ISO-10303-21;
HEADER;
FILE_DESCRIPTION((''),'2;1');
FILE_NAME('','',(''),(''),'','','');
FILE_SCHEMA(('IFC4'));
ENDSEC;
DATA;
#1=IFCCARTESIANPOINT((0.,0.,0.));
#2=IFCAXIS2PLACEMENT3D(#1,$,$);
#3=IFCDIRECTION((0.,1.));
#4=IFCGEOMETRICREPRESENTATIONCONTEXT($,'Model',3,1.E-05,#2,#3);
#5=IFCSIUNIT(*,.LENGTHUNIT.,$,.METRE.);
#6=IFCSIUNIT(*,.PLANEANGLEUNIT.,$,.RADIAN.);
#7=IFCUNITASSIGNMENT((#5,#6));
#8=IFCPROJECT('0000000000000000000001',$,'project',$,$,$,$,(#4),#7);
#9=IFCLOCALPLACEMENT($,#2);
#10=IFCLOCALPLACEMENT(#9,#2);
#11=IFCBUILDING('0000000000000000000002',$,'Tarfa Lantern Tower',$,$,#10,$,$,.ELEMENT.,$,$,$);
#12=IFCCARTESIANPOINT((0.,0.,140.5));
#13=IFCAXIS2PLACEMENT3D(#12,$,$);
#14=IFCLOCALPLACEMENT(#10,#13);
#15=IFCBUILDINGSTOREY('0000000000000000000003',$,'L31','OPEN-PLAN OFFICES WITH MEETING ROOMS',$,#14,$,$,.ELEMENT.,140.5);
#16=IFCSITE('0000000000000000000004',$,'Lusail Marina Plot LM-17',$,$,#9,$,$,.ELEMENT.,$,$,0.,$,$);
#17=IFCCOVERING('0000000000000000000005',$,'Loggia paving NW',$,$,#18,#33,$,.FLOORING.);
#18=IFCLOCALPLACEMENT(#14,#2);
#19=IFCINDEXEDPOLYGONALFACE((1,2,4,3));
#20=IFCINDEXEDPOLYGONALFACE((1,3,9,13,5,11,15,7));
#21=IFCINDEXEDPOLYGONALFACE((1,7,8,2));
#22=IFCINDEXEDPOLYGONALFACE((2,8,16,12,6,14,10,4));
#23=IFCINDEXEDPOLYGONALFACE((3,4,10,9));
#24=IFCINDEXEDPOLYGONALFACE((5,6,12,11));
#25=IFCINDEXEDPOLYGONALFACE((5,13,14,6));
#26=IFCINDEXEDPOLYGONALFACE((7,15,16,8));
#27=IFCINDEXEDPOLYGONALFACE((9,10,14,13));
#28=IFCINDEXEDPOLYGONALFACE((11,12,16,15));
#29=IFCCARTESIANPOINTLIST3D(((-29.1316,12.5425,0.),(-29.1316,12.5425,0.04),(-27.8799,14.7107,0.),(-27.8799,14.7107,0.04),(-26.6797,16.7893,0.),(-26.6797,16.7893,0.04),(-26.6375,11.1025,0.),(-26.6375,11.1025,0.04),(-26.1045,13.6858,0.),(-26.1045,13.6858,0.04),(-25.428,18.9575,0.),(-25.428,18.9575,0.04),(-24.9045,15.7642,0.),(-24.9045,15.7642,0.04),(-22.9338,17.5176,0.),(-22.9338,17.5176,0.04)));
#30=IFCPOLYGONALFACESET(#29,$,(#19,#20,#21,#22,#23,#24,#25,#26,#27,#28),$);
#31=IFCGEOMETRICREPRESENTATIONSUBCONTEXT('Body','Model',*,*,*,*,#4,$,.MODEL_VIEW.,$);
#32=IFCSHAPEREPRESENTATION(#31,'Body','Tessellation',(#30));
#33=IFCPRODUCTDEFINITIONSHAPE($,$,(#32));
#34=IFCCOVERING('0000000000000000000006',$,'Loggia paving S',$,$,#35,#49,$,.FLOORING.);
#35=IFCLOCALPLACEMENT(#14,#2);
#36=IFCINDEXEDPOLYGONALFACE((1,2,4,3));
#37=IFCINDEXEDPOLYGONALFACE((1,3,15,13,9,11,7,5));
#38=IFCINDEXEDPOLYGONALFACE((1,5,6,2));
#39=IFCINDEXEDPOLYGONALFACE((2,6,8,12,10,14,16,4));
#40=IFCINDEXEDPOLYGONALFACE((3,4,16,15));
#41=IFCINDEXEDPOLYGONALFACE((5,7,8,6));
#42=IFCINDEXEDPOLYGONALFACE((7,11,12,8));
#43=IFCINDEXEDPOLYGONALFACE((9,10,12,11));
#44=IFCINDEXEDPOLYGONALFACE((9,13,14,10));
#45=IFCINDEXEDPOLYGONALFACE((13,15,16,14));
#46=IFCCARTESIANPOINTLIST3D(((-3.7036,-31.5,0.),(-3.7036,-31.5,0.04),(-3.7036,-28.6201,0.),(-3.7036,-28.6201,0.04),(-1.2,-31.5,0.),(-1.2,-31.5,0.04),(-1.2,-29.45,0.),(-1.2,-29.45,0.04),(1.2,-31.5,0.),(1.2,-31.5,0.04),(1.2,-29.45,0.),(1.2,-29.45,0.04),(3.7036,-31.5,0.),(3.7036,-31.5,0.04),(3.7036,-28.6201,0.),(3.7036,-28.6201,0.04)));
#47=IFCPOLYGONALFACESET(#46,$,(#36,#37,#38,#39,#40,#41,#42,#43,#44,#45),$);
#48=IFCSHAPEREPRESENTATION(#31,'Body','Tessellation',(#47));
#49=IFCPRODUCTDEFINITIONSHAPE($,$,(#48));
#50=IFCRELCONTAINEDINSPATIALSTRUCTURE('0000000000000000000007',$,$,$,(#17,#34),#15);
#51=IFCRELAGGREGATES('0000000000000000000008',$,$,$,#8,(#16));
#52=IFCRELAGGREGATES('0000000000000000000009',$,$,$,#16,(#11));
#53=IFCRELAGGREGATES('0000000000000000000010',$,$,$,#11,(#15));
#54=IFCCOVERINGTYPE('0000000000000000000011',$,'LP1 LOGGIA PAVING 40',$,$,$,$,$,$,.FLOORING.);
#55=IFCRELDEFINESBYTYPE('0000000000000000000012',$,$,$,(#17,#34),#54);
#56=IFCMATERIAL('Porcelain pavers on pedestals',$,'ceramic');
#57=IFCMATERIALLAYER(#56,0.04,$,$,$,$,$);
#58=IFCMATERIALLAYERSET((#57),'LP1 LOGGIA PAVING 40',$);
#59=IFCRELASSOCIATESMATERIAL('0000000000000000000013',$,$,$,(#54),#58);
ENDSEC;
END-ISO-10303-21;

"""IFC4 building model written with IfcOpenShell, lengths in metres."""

from ifc_helpers import new_model, si_unit, direction, frame, origin, place, context, subcontext, project, spatial, polyline, outline, extrude, material, layer, layer_set, type_object, element, save


model = new_model("IFC4")

# Units and contexts
model_context = context("Model", 3, precision=1e-05, world=origin(), true_north=direction((0.0, 1.0)))
body_context = subcontext(model_context, "Body", "Model", "MODEL_VIEW")
ifc_project = project(units=[si_unit("LENGTHUNIT", "METRE"), si_unit("PLANEANGLEUNIT", "RADIAN")], contexts=[model_context])

# Site, building, storey
site_placement = place(None, origin())
site = spatial("IfcSite", under=ifc_project, at=site_placement, Name="Lusail Marina Plot LM-17", CompositionType="ELEMENT", RefElevation=0.0)
building_placement = place(site_placement, origin())
building = spatial("IfcBuilding", under=site, at=building_placement, Name="Tarfa Lantern Tower", CompositionType="ELEMENT")
storey_placement = place(building_placement, frame((0.0, 0.0, 140.5)))
storey = spatial("IfcBuildingStorey", under=building, at=storey_placement, Name="L31", Description="OPEN-PLAN OFFICES WITH MEETING ROOMS", CompositionType="ELEMENT", Elevation=140.5)

# Coverings
ifc_material_1 = material(Name="Porcelain pavers on pedestals", Category="ceramic")
ifc_layer_1 = layer(ifc_material_1, 0.04)
ifc_layer_set_1 = layer_set([ifc_layer_1], Name="LP1 LOGGIA PAVING 40")
covering_type_1 = type_object("IfcCoveringType", Name="LP1 LOGGIA PAVING 40", PredefinedType="FLOORING", material=ifc_layer_set_1)
covering_1_placement = place(storey_placement, origin())
element("IfcCovering", 1, at=covering_1_placement, inside=storey, type_object=covering_type_1, Name="Loggia paving NW", PredefinedType="FLOORING", context=body_context, shape_type="SweptSolid", body=[
    extrude(outline(polyline([(-25.428, 18.9575), (-22.9338, 17.5176), (-26.6375, 11.1025), (-29.1316, 12.5425), (-27.8799, 14.7107), (-26.1045, 13.6858), (-24.9045, 15.7642), (-26.6797, 16.7893), (-25.428, 18.9575)])), origin(), (0.0, 0.0, 1.0), 0.04),
])
covering_2_placement = place(storey_placement, origin())
element("IfcCovering", 2, at=covering_2_placement, inside=storey, type_object=covering_type_1, Name="Loggia paving S", PredefinedType="FLOORING", context=body_context, shape_type="SweptSolid", body=[
    extrude(outline(polyline([(-3.7036, -31.5), (-3.7036, -28.6201), (3.7036, -28.6201), (3.7036, -31.5), (1.2, -31.5), (1.2, -29.45), (-1.2, -29.45), (-1.2, -31.5), (-3.7036, -31.5)])), origin(), (0.0, 0.0, 1.0), 0.04),
])

save(model, "model.ifc")
